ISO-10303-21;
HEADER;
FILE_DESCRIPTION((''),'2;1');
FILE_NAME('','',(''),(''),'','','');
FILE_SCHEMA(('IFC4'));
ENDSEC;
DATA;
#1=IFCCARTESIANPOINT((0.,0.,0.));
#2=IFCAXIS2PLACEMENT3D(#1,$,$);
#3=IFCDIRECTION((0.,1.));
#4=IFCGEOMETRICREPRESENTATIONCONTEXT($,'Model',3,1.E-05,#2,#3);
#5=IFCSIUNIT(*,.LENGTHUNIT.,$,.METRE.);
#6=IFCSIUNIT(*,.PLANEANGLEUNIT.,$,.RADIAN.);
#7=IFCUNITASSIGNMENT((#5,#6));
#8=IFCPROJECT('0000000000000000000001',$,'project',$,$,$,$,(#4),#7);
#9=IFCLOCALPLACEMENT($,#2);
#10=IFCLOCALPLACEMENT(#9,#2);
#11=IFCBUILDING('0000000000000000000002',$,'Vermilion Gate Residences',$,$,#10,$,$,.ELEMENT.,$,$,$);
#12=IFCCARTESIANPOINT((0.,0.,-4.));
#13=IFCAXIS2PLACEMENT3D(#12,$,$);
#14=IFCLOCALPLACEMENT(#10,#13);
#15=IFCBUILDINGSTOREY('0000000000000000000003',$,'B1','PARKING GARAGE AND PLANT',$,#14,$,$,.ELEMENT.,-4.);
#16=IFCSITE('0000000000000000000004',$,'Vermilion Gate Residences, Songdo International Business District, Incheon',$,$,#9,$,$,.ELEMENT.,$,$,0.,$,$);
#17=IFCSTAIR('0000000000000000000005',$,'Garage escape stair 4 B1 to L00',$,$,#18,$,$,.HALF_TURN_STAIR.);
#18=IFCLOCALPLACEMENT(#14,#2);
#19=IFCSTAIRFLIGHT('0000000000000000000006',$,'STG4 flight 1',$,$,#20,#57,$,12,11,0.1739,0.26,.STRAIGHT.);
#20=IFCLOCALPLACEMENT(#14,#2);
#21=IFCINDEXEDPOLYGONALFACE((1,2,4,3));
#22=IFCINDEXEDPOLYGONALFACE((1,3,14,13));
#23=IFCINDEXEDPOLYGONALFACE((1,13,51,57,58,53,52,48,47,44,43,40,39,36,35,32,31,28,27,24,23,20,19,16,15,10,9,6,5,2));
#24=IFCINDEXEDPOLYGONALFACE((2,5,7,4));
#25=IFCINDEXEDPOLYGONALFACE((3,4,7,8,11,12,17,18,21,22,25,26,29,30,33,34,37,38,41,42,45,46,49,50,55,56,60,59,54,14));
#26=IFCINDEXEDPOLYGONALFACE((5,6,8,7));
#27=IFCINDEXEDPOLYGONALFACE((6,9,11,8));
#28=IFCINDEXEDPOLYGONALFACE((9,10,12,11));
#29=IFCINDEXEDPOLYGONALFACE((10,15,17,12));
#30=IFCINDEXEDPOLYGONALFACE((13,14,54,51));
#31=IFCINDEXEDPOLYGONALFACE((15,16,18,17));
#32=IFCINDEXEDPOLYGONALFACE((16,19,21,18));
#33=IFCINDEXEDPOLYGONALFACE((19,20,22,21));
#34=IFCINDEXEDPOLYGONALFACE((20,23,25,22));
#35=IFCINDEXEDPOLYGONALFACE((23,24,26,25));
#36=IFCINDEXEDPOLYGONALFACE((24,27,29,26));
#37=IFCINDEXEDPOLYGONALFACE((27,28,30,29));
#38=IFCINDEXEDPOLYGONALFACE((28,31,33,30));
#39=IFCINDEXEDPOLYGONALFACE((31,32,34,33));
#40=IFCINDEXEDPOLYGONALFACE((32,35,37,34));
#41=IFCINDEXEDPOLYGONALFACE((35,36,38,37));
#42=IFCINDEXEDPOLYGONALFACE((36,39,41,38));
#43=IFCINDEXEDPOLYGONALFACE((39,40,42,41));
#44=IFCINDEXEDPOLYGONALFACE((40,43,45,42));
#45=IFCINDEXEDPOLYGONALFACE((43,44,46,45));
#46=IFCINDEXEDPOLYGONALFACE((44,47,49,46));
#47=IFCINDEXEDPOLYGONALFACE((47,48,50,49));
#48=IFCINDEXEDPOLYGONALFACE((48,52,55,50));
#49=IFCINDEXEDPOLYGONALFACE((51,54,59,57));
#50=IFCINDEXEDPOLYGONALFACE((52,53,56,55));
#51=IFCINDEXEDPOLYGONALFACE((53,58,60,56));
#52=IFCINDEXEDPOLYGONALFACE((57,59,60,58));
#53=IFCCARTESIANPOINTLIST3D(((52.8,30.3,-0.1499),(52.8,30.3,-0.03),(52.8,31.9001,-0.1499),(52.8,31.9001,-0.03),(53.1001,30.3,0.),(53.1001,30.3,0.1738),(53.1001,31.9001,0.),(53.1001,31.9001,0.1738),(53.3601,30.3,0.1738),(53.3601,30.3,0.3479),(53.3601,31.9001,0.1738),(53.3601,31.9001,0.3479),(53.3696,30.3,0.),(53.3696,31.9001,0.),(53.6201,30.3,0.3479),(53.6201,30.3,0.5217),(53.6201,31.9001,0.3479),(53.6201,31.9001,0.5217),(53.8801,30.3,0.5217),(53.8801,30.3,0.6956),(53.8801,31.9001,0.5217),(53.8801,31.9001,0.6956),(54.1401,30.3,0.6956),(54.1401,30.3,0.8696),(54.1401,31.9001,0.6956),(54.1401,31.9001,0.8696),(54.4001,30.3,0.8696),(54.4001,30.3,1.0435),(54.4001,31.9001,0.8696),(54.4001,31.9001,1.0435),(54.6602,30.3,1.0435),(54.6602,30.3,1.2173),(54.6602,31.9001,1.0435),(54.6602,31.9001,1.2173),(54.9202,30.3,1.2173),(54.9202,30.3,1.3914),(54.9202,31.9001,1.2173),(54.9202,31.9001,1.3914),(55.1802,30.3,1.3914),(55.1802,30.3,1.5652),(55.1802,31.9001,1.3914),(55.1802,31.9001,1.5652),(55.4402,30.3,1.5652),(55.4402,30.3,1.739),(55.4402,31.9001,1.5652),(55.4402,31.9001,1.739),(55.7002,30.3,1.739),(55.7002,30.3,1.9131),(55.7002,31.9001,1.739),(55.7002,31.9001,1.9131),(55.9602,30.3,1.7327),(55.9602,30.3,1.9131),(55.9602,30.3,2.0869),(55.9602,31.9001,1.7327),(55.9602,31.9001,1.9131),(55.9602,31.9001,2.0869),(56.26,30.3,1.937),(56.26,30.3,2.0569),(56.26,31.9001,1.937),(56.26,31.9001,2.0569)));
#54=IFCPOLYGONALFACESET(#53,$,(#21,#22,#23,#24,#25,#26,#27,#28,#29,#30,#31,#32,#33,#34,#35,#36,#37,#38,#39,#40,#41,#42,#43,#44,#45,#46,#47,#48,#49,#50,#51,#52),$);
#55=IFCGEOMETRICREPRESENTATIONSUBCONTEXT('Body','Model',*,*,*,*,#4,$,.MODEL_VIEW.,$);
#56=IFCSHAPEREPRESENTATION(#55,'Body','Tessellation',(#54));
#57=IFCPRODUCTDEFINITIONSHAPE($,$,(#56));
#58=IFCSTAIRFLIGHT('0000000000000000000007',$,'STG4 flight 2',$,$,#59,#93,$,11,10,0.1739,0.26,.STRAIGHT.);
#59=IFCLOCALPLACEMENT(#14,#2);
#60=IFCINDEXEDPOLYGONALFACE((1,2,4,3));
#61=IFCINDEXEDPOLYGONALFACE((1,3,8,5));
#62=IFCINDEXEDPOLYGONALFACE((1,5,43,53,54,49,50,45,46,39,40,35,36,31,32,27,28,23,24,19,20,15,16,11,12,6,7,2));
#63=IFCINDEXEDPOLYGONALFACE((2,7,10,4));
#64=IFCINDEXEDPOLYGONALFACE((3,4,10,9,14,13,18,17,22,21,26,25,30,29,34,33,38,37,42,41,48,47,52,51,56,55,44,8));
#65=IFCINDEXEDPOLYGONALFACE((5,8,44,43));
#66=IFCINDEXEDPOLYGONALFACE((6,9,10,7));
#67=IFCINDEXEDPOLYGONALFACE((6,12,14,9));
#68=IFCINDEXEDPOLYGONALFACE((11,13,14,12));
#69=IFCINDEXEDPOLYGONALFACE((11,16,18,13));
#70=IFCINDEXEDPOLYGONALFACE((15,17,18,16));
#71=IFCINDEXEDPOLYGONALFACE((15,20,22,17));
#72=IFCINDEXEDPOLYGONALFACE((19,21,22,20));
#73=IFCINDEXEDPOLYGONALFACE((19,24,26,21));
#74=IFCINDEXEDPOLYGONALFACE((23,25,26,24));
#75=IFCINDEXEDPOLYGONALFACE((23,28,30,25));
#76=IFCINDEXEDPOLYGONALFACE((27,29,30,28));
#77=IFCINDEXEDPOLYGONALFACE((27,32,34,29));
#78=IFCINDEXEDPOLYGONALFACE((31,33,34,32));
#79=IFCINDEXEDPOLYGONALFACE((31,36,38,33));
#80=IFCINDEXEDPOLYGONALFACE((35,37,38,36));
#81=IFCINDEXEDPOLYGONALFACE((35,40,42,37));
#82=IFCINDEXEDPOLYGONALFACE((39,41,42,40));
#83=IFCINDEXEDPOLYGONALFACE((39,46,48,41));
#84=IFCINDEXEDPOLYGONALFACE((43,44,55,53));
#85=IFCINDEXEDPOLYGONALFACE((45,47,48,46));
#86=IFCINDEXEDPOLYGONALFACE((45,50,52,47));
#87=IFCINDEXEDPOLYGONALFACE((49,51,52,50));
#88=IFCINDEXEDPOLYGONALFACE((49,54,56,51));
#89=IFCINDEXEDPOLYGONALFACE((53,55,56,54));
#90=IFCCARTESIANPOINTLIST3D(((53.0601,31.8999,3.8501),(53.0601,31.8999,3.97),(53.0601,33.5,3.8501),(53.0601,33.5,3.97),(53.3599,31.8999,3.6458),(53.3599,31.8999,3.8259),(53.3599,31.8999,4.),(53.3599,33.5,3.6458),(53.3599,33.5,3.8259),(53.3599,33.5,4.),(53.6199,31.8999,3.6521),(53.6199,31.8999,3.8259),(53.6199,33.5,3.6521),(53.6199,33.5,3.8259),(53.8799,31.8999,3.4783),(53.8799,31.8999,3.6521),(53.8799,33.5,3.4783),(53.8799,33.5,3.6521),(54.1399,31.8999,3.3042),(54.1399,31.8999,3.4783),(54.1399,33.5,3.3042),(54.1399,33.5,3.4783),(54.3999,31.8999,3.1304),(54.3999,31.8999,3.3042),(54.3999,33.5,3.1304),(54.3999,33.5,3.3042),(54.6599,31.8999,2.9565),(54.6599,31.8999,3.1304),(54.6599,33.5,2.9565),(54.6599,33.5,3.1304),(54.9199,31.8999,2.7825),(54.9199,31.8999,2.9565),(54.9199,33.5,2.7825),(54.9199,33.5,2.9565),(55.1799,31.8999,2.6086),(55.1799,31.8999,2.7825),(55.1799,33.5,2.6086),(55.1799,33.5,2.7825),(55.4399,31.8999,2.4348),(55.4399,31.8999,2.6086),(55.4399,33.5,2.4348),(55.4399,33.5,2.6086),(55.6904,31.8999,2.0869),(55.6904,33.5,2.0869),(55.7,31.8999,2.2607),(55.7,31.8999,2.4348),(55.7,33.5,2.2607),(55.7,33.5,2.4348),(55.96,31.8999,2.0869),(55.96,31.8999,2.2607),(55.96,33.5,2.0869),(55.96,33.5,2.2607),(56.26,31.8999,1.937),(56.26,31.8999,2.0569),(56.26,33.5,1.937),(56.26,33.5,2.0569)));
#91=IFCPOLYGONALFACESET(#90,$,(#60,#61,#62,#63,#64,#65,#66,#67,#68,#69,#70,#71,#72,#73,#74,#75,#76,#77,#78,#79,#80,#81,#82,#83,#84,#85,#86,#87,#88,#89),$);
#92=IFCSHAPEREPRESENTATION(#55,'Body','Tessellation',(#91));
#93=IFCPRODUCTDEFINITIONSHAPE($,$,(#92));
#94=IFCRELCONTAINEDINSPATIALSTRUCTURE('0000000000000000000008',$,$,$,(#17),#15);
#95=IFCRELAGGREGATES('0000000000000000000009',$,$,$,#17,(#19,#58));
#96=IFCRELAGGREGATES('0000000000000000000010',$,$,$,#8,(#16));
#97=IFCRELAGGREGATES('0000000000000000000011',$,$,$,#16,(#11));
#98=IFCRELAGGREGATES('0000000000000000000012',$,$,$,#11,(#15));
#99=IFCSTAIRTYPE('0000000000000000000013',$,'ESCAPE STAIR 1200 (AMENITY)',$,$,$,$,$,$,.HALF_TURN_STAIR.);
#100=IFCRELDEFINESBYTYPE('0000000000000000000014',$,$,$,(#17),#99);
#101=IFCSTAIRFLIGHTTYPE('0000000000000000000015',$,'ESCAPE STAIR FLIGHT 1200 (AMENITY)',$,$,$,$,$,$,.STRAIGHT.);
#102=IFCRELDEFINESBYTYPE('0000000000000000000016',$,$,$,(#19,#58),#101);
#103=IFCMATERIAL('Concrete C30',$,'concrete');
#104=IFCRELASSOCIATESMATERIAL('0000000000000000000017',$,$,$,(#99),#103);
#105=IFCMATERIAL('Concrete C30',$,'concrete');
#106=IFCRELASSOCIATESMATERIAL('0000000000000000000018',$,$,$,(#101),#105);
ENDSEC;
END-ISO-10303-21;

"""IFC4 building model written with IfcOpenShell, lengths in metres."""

from ifc_helpers import new_model, si_unit, direction, frame, origin, place, context, subcontext, project, spatial, polyline, outline, extrude, material, type_object, element, aggregate, save


model = new_model("IFC4")

# Units and contexts
model_context = context("Model", 3, precision=1e-05, world=origin(), true_north=direction((0.0, 1.0)))
body_context = subcontext(model_context, "Body", "Model", "MODEL_VIEW")
ifc_project = project(units=[si_unit("LENGTHUNIT", "METRE"), si_unit("PLANEANGLEUNIT", "RADIAN")], contexts=[model_context])

# Site, building, storey
site_placement = place(None, origin())
site = spatial("IfcSite", under=ifc_project, at=site_placement, Name="Vermilion Gate Residences, Songdo International Business District, Incheon", CompositionType="ELEMENT", RefElevation=0.0)
building_placement = place(site_placement, origin())
building = spatial("IfcBuilding", under=site, at=building_placement, Name="Vermilion Gate Residences", CompositionType="ELEMENT")
storey_placement = place(building_placement, frame((0.0, 0.0, -4.0)))
storey = spatial("IfcBuildingStorey", under=building, at=storey_placement, Name="B1", Description="PARKING GARAGE AND PLANT", CompositionType="ELEMENT", Elevation=-4.0)

# Stair, stair flights
ifc_material_1 = material(Name="Concrete C30", Category="concrete")
stair_type = type_object("IfcStairType", Name="ESCAPE STAIR 1200 (AMENITY)", PredefinedType="HALF_TURN_STAIR", material=ifc_material_1)
stair_placement = place(storey_placement, origin())
stair = element("IfcStair", 1, at=stair_placement, inside=storey, type_object=stair_type, Name="Garage escape stair 4 B1 to L00", PredefinedType="HALF_TURN_STAIR")
ifc_material_2 = material(Name="Concrete C30", Category="concrete")
stair_flight_type = type_object("IfcStairFlightType", Name="ESCAPE STAIR FLIGHT 1200 (AMENITY)", PredefinedType="STRAIGHT", material=ifc_material_2)
stair_flight_1_placement = place(storey_placement, frame((53.1001, 31.1001, 0.0), z_axis=(0.0, 0.0, 1.0), x_axis=(1.0, 0.0, 0.0)))
stair_flight_1 = element("IfcStairFlight", 2, at=stair_flight_1_placement, type_object=stair_flight_type, Name="STG4 flight 1", NumberOfRisers=12, NumberOfTreads=11, PredefinedType="STRAIGHT", RiserHeight=0.1739, TreadLength=0.26, context=body_context, shape_type="SweptSolid", body=[
    extrude(outline(polyline([(-0.3, -0.1499), (-0.3, -0.03), (0.0, 0.0), (0.0, 0.1738), (0.26, 0.1738), (0.26, 0.3479), (0.52, 0.3479), (0.52, 0.5217), (0.78, 0.5217), (0.78, 0.6956), (1.04, 0.6956), (1.04, 0.8696), (1.3, 0.8696), (1.3, 1.0435), (1.5601, 1.0435), (1.5601, 1.2173), (1.8201, 1.2173), (1.8201, 1.3914), (2.0801, 1.3914), (2.0801, 1.5652), (2.3401, 1.5652), (2.3401, 1.739), (2.6001, 1.739), (2.6001, 1.9131), (2.8601, 1.9131), (2.8601, 2.0869), (3.1599, 2.0569), (3.1599, 1.937), (2.8601, 1.7327), (0.2695, 0.0), (-0.3, -0.1499)])), frame((0.0, 0.8, 0.0), z_axis=(0.0, -1.0, 0.0), x_axis=(1.0, 0.0, 0.0)), (0.0, 0.0, 1.0), 1.6001),
])
stair_flight_2_placement = place(storey_placement, frame((55.96, 32.7, 2.0869), z_axis=(0.0, 0.0, 1.0), x_axis=(-1.0, 0.0, 0.0)))
stair_flight_2 = element("IfcStairFlight", 3, at=stair_flight_2_placement, type_object=stair_flight_type, Name="STG4 flight 2", NumberOfRisers=11, NumberOfTreads=10, PredefinedType="STRAIGHT", RiserHeight=0.1739, TreadLength=0.26, context=body_context, shape_type="SweptSolid", body=[
    extrude(outline(polyline([(-0.3, -0.1499), (-0.3, -0.03), (0.0, 0.0), (0.0, 0.1738), (0.26, 0.1738), (0.26, 0.3479), (0.52, 0.3479), (0.52, 0.5217), (0.78, 0.5217), (0.78, 0.6956), (1.04, 0.6956), (1.04, 0.8696), (1.3, 0.8696), (1.3, 1.0435), (1.5601, 1.0435), (1.5601, 1.2173), (1.8201, 1.2173), (1.8201, 1.3914), (2.0801, 1.3914), (2.0801, 1.5652), (2.3401, 1.5652), (2.3401, 1.739), (2.6001, 1.739), (2.6001, 1.9131), (2.8999, 1.8831), (2.8999, 1.7632), (2.6001, 1.5588), (0.2695, 0.0), (-0.3, -0.1499)])), frame((0.0, 0.8, 0.0), z_axis=(0.0, -1.0, 0.0), x_axis=(1.0, 0.0, 0.0)), (0.0, 0.0, 1.0), 1.6001),
])
aggregate(stair, [stair_flight_1, stair_flight_2])

save(model, "model.ifc")
